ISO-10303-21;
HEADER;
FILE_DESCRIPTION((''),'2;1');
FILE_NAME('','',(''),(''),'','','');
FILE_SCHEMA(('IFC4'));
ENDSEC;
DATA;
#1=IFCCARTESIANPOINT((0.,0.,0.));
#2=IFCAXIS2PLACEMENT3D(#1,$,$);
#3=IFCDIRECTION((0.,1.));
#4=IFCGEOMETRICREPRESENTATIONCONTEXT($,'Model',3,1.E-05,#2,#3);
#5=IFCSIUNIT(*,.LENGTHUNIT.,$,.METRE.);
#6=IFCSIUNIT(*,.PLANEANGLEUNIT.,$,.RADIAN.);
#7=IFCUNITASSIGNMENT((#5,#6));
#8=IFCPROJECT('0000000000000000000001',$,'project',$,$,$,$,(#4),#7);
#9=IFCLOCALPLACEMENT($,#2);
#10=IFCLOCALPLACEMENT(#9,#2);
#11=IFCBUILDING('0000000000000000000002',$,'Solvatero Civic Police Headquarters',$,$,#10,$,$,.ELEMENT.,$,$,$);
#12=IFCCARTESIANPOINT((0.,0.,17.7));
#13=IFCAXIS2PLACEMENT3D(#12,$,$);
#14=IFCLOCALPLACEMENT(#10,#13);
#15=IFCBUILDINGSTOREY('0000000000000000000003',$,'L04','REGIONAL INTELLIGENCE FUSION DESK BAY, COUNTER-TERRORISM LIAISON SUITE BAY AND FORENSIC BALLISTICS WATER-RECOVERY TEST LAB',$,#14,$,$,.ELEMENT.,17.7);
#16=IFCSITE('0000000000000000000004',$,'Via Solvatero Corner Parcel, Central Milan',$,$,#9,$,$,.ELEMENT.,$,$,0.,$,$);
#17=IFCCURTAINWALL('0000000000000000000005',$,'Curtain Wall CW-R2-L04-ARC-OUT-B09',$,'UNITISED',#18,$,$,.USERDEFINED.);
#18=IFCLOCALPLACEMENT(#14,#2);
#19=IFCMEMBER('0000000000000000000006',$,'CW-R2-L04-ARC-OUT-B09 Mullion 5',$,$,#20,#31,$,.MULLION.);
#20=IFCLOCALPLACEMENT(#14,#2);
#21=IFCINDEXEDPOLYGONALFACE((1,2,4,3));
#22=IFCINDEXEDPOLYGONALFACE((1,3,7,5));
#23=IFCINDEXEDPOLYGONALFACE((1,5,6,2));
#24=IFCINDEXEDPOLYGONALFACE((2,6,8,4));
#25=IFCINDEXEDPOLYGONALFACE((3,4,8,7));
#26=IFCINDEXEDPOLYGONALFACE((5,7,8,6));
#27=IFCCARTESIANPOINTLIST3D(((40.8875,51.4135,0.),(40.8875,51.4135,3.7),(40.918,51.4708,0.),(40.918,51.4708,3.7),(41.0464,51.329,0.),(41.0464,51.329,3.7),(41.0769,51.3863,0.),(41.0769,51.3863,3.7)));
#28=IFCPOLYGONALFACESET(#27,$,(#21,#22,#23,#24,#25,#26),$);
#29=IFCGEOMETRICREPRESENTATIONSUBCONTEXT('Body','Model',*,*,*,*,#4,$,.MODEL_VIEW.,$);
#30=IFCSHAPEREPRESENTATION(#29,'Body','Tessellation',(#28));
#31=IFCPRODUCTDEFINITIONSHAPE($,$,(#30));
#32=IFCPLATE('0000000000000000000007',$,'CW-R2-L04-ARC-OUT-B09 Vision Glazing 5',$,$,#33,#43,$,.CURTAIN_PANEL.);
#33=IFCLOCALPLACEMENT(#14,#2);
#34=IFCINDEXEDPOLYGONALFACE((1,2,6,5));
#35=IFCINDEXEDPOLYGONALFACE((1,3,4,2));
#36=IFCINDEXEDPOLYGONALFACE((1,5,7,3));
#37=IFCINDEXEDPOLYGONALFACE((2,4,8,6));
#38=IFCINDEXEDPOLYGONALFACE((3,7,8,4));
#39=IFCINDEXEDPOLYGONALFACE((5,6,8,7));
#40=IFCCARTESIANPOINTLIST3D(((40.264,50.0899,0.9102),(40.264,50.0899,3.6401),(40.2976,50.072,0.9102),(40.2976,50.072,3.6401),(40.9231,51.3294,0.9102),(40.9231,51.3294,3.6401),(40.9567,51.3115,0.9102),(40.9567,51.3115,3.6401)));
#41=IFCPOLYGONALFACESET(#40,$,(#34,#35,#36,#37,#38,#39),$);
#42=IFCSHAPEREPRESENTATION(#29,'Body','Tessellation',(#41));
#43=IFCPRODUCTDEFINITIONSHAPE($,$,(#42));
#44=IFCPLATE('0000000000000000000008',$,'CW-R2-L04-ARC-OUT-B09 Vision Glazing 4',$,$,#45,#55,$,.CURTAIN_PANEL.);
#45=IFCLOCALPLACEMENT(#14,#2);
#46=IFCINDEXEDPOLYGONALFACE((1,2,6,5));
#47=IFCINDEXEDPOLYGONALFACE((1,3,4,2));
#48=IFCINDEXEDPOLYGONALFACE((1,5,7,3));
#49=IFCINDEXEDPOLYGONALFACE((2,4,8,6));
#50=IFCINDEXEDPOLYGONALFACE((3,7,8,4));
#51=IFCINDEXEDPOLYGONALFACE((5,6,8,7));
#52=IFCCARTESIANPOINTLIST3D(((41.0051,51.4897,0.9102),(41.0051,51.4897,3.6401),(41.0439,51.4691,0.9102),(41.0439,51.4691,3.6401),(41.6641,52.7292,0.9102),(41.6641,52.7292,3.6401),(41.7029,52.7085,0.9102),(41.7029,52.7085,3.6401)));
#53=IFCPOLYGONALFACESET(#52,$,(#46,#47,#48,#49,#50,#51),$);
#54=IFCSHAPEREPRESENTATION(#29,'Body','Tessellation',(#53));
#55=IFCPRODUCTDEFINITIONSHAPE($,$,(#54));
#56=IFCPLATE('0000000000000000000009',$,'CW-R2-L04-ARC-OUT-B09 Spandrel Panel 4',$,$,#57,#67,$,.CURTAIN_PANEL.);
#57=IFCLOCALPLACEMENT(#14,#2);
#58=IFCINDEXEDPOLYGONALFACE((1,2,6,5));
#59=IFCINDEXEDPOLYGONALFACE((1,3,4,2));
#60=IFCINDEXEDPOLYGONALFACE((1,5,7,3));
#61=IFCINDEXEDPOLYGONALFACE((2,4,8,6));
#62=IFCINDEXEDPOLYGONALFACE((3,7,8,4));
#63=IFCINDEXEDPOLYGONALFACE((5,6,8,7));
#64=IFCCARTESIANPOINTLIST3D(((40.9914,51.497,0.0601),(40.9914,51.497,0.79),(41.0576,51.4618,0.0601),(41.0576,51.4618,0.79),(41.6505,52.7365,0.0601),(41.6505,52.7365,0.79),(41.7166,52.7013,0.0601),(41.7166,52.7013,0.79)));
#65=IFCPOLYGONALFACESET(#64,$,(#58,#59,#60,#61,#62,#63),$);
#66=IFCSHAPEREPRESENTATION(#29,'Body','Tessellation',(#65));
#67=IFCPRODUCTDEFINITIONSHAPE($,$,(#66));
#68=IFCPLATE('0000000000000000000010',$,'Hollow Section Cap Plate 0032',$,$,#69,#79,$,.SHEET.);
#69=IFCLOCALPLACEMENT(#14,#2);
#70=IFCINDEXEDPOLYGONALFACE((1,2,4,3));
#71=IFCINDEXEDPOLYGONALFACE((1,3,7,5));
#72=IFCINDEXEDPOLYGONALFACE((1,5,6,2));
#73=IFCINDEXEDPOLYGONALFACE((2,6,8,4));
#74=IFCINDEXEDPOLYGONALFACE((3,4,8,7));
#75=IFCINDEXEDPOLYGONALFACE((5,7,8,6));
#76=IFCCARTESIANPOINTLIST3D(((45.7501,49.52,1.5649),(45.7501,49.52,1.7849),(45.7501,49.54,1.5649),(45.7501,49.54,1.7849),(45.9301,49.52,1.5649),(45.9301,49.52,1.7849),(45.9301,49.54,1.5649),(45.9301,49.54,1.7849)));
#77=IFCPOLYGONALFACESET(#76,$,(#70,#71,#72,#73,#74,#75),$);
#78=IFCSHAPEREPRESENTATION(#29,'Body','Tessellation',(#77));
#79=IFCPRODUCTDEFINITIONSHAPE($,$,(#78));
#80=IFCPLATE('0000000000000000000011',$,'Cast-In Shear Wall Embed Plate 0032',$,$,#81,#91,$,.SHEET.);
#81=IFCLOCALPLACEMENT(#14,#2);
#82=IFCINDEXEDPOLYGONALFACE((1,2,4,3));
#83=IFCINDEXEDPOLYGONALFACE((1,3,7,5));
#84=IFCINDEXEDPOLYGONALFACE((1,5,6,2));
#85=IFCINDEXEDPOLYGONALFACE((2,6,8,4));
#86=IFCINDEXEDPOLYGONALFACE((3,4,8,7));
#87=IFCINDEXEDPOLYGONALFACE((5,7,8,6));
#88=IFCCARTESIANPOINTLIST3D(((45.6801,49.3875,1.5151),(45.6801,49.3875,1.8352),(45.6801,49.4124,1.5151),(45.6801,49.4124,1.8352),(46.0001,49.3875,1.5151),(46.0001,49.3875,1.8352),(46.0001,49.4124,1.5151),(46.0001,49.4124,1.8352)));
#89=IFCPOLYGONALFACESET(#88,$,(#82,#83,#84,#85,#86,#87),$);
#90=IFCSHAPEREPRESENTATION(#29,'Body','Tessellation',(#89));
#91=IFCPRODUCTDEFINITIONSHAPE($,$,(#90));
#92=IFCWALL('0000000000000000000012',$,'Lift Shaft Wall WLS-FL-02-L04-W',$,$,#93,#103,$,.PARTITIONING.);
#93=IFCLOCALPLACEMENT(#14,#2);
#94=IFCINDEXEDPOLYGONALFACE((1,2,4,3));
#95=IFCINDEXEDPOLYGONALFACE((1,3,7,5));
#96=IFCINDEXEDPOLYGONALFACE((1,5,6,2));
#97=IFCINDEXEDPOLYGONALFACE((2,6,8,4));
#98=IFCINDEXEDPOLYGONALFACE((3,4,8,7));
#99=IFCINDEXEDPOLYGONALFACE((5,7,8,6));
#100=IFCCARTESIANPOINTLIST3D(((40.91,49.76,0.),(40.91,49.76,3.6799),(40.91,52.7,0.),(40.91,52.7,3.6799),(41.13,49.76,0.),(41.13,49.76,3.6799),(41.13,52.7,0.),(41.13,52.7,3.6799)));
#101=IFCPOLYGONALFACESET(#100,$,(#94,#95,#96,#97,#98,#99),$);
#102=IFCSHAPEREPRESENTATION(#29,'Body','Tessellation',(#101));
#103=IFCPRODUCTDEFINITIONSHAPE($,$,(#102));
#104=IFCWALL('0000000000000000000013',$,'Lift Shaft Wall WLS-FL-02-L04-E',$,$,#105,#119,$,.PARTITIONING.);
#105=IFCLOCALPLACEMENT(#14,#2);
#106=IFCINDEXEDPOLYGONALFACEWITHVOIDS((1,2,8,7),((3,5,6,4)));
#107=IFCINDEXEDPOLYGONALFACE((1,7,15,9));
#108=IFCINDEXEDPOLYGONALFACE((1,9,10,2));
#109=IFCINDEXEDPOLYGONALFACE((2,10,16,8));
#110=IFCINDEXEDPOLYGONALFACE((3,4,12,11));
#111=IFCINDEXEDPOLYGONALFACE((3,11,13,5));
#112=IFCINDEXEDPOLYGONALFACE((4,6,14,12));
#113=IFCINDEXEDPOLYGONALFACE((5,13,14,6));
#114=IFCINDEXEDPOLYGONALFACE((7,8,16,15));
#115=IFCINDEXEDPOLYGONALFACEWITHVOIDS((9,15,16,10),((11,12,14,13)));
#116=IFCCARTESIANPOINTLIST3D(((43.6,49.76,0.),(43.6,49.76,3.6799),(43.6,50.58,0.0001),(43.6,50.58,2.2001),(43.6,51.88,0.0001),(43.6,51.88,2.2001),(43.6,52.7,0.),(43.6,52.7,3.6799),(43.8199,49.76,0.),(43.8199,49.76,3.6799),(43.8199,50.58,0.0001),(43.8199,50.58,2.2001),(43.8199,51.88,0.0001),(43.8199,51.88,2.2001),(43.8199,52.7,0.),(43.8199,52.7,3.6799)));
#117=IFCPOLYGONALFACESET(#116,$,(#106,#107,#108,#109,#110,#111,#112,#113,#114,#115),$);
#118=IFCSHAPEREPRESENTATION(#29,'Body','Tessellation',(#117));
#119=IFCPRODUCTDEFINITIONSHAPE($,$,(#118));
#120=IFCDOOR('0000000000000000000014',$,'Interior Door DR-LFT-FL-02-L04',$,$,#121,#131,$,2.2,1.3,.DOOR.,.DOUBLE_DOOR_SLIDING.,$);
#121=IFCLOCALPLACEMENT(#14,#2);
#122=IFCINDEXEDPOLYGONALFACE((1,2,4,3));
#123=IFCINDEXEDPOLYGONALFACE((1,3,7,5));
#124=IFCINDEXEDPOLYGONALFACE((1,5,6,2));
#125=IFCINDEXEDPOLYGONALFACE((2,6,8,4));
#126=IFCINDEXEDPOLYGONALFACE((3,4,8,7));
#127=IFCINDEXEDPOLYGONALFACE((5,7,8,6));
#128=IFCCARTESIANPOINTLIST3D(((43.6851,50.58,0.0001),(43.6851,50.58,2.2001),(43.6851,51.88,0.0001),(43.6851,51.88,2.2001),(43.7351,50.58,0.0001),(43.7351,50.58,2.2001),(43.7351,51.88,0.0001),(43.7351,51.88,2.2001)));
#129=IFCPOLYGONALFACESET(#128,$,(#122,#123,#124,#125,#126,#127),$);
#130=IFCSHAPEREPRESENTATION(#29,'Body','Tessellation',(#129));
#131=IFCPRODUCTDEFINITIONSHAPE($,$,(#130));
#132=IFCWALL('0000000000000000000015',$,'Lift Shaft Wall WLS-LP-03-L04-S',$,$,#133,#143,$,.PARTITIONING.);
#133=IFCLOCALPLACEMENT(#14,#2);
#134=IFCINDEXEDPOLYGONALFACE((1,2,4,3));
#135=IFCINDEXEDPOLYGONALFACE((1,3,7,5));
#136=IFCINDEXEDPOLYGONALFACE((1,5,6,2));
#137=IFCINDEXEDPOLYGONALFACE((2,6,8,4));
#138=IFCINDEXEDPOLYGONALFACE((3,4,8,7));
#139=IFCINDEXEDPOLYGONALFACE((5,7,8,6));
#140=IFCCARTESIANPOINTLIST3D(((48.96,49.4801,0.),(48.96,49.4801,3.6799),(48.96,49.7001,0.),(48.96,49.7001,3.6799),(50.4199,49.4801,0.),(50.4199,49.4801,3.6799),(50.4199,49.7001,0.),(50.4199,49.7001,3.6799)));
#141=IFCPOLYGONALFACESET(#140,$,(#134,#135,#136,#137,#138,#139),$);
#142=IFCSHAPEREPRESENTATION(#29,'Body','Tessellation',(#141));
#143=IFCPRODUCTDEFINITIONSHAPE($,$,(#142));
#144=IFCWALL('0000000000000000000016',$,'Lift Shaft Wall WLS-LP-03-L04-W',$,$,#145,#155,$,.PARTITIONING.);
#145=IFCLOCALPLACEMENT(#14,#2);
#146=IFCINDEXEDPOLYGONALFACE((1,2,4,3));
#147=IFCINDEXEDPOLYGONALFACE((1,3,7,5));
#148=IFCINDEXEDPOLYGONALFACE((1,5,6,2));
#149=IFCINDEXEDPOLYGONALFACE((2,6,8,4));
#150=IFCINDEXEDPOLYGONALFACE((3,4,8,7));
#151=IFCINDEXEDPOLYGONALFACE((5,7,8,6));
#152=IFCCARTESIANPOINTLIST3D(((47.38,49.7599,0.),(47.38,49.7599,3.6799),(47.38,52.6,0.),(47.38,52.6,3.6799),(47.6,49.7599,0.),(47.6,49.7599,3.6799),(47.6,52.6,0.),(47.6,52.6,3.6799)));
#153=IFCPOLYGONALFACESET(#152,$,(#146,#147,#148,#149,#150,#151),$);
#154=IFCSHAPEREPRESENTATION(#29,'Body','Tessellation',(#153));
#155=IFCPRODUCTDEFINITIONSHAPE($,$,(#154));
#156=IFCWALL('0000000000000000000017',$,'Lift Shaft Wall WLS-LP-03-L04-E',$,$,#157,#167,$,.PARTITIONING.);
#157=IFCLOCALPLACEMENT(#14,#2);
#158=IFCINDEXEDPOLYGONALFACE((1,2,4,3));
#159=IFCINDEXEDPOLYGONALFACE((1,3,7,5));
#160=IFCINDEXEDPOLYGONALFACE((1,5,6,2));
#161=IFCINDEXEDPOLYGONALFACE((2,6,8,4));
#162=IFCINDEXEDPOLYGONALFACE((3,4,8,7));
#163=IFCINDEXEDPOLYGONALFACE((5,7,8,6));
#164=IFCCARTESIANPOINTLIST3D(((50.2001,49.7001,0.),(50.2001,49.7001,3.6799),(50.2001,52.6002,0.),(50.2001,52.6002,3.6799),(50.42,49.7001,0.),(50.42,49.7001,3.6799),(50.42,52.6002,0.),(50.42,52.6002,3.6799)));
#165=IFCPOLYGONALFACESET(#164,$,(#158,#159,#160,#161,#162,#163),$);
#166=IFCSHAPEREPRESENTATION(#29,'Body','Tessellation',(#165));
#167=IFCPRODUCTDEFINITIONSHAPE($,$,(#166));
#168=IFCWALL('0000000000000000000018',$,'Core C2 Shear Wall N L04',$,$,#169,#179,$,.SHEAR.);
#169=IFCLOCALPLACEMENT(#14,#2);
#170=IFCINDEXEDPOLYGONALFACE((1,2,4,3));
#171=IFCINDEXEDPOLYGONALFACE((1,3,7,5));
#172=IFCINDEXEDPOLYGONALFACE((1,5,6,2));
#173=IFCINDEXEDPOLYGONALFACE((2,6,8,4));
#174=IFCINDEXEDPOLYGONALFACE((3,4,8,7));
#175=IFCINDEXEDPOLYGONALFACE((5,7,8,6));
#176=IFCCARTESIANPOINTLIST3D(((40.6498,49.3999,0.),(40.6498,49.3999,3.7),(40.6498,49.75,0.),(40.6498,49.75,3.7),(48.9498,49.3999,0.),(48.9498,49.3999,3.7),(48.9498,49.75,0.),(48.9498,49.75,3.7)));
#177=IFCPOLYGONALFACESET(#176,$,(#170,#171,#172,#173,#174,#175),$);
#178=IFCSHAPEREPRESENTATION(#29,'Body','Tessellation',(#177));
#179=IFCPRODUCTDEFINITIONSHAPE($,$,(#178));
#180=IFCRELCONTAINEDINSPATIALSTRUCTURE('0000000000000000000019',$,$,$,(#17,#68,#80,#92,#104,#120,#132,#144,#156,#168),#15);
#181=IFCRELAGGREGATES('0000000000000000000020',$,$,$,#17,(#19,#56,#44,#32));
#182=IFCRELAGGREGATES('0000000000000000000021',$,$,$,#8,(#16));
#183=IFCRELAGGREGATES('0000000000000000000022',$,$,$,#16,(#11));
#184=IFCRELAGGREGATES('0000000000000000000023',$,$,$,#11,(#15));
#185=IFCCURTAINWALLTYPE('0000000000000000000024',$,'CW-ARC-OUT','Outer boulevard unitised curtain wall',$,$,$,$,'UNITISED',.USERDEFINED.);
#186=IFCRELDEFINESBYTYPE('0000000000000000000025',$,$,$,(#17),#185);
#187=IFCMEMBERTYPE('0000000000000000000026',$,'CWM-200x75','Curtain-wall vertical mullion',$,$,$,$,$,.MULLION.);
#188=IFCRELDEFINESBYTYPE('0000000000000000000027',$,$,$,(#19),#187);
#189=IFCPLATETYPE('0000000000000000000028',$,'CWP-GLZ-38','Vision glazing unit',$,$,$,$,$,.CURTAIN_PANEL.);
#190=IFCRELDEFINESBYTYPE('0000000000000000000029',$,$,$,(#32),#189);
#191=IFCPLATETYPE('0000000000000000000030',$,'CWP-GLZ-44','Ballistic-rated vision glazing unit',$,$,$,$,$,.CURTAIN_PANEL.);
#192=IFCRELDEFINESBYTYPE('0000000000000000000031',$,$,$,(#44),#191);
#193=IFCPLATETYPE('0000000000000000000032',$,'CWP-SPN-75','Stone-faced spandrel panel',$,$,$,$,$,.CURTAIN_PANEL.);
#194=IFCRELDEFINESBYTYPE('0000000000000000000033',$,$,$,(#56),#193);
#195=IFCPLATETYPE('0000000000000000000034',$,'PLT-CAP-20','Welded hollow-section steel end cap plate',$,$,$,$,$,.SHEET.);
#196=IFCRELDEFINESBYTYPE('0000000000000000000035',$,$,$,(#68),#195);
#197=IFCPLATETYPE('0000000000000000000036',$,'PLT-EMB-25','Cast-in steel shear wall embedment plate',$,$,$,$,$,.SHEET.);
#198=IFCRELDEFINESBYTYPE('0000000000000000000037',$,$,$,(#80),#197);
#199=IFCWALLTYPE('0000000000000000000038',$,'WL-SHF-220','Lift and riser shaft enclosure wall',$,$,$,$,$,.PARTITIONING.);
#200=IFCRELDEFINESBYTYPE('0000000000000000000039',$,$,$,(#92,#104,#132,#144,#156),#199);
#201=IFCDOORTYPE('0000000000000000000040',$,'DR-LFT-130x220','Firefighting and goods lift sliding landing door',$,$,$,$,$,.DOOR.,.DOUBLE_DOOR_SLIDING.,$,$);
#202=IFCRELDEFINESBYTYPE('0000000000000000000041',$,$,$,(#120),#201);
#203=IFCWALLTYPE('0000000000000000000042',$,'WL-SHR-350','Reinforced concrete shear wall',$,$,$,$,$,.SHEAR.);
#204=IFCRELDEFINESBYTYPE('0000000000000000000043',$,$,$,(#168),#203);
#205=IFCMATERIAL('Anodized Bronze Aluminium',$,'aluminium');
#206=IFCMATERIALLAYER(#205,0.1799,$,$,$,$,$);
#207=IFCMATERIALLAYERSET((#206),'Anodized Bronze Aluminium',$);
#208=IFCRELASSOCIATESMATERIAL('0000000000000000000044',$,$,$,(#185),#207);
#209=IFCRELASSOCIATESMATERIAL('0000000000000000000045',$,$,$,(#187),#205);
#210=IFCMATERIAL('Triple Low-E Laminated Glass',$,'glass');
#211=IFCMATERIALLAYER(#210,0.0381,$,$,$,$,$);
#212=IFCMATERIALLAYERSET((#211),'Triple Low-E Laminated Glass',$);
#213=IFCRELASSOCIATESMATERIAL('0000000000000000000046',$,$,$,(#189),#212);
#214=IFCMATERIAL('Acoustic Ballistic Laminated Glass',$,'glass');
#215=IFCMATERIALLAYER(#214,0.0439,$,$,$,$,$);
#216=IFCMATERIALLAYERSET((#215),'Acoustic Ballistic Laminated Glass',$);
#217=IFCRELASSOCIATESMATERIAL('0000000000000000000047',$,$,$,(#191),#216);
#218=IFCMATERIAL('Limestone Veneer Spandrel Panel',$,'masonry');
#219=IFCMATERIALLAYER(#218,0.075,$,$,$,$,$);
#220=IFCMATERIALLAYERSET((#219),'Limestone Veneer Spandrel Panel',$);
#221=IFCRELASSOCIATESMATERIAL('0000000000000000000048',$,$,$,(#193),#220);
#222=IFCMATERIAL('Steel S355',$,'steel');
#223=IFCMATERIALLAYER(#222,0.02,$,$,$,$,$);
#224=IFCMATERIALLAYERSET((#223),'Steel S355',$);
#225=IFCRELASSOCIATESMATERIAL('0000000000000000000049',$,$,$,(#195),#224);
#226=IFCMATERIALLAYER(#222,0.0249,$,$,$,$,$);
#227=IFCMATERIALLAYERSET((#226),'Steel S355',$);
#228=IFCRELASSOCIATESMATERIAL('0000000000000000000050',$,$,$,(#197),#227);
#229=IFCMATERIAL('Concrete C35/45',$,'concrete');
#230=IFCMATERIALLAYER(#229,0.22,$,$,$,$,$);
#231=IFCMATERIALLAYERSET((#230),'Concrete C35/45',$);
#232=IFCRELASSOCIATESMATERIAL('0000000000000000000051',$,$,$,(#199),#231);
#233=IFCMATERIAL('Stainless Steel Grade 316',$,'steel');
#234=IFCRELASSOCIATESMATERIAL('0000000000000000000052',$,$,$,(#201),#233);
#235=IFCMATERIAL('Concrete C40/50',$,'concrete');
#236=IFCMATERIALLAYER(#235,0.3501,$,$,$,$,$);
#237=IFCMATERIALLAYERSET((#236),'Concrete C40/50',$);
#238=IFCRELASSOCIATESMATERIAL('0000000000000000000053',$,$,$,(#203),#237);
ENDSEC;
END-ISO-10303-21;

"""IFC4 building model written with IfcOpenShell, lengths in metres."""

from ifc_helpers import new_model, si_unit, direction, frame, frame_2d, origin, origin_2d, place, context, subcontext, project, spatial, rectangle, extrude, material, layer, layer_set, material_profile, profile_set, type_object, element, fill, aggregate, save


model = new_model("IFC4")

# Units and contexts
model_context = context("Model", 3, precision=1e-05, world=origin(), true_north=direction((0.0, 1.0)))
body_context = subcontext(model_context, "Body", "Model", "MODEL_VIEW")
ifc_project = project(units=[si_unit("LENGTHUNIT", "METRE"), si_unit("PLANEANGLEUNIT", "RADIAN")], contexts=[model_context])

# Site, building, storey
site_placement = place(None, origin())
site = spatial("IfcSite", under=ifc_project, at=site_placement, Name="Via Solvatero Corner Parcel, Central Milan", CompositionType="ELEMENT", RefElevation=0.0)
building_placement = place(site_placement, origin())
building = spatial("IfcBuilding", under=site, at=building_placement, Name="Solvatero Civic Police Headquarters", CompositionType="ELEMENT")
storey_placement = place(building_placement, frame((0.0, 0.0, 17.7)))
storey = spatial("IfcBuildingStorey", under=building, at=storey_placement, Name="L04", Description="REGIONAL INTELLIGENCE FUSION DESK BAY, COUNTER-TERRORISM LIAISON SUITE BAY AND FORENSIC BALLISTICS WATER-RECOVERY TEST LAB", CompositionType="ELEMENT", Elevation=17.7)

# Curtain wall, member, plates
ifc_material_1 = material(Name="Anodized Bronze Aluminium", Category="aluminium")
ifc_layer_1 = layer(ifc_material_1, 0.1799)
ifc_layer_set_1 = layer_set([ifc_layer_1], Name="Anodized Bronze Aluminium")
curtain_wall_type = type_object("IfcCurtainWallType", Name="CW-ARC-OUT", Description="Outer boulevard unitised curtain wall", ElementType="UNITISED", PredefinedType="USERDEFINED", material=ifc_layer_set_1)
curtain_wall_placement = place(storey_placement, origin())
curtain_wall = element("IfcCurtainWall", 1, at=curtain_wall_placement, inside=storey, type_object=curtain_wall_type, Name="Curtain Wall CW-R2-L04-ARC-OUT-B09", ObjectType="UNITISED", PredefinedType="USERDEFINED")
ifc_material_profile = material_profile(ifc_material_1, rectangle(XDim=0.0649, YDim=0.1799, at=origin_2d()), Name="ALU MULLION 65x180")
ifc_profile_set = profile_set([ifc_material_profile], Name="Anodized Bronze Aluminium")
member_type = type_object("IfcMemberType", Name="CWM-200x75", Description="Curtain-wall vertical mullion", PredefinedType="MULLION", material=ifc_profile_set)
member_placement = place(storey_placement, frame((40.9822, 51.3999, 0.0), z_axis=(0.0, 0.0, 1.0), x_axis=(-0.469487, -0.882939, 0.0)))
member = element("IfcMember", 2, at=member_placement, type_object=member_type, Name="CW-R2-L04-ARC-OUT-B09 Mullion 5", PredefinedType="MULLION", context=body_context, shape_type="SweptSolid", body=[
    extrude(rectangle(XDim=0.0649, YDim=0.1799, at=origin_2d()), origin(), (0.0, 0.0, 1.0), 3.7),
])
ifc_material_2 = material(Name="Triple Low-E Laminated Glass", Category="glass")
ifc_layer_2 = layer(ifc_material_2, 0.0381)
ifc_layer_set_2 = layer_set([ifc_layer_2], Name="Triple Low-E Laminated Glass")
plate_type_1 = type_object("IfcPlateType", Name="CWP-GLZ-38", Description="Vision glazing unit", PredefinedType="CURTAIN_PANEL", material=ifc_layer_set_2)
plate_1_placement = place(storey_placement, frame((40.6104, 50.7007, 0.9102), z_axis=(0.0, 0.0, 1.0), x_axis=(-0.469487, -0.882939, 0.0)))
plate_1 = element("IfcPlate", 3, at=plate_1_placement, type_object=plate_type_1, Name="CW-R2-L04-ARC-OUT-B09 Vision Glazing 5", PredefinedType="CURTAIN_PANEL", context=body_context, shape_type="SweptSolid", body=[
    extrude(rectangle(XDim=1.4038, YDim=0.0381, at=origin_2d()), origin(), (0.0, 0.0, 1.0), 2.73),
])
ifc_material_3 = material(Name="Acoustic Ballistic Laminated Glass", Category="glass")
ifc_layer_3 = layer(ifc_material_3, 0.0439)
ifc_layer_set_3 = layer_set([ifc_layer_3], Name="Acoustic Ballistic Laminated Glass")
plate_type_2 = type_object("IfcPlateType", Name="CWP-GLZ-44", Description="Ballistic-rated vision glazing unit", PredefinedType="CURTAIN_PANEL", material=ifc_layer_set_3)
plate_2_placement = place(storey_placement, frame((41.354, 52.0991, 0.9102), z_axis=(0.0, 0.0, 1.0), x_axis=(-0.469487, -0.882939, 0.0)))
plate_2 = element("IfcPlate", 4, at=plate_2_placement, type_object=plate_type_2, Name="CW-R2-L04-ARC-OUT-B09 Vision Glazing 4", PredefinedType="CURTAIN_PANEL", context=body_context, shape_type="SweptSolid", body=[
    extrude(rectangle(XDim=1.4038, YDim=0.0439, at=origin_2d()), origin(), (0.0, 0.0, 1.0), 2.73),
])
ifc_material_4 = material(Name="Limestone Veneer Spandrel Panel", Category="masonry")
ifc_layer_4 = layer(ifc_material_4, 0.075)
ifc_layer_set_4 = layer_set([ifc_layer_4], Name="Limestone Veneer Spandrel Panel")
plate_type_3 = type_object("IfcPlateType", Name="CWP-SPN-75", Description="Stone-faced spandrel panel", PredefinedType="CURTAIN_PANEL", material=ifc_layer_set_4)
plate_3_placement = place(storey_placement, frame((41.354, 52.0991, 0.0601), z_axis=(0.0, 0.0, 1.0), x_axis=(-0.469487, -0.882939, 0.0)))
plate_3 = element("IfcPlate", 5, at=plate_3_placement, type_object=plate_type_3, Name="CW-R2-L04-ARC-OUT-B09 Spandrel Panel 4", PredefinedType="CURTAIN_PANEL", context=body_context, shape_type="SweptSolid", body=[
    extrude(rectangle(XDim=1.4038, YDim=0.075, at=origin_2d()), origin(), (0.0, 0.0, 1.0), 0.73),
])
aggregate(curtain_wall, [member, plate_3, plate_2, plate_1])

# Plates
ifc_material_5 = material(Name="Steel S355", Category="steel")
ifc_layer_5 = layer(ifc_material_5, 0.02)
ifc_layer_set_5 = layer_set([ifc_layer_5], Name="Steel S355")
plate_type_4 = type_object("IfcPlateType", Name="PLT-CAP-20", Description="Welded hollow-section steel end cap plate", PredefinedType="SHEET", material=ifc_layer_set_5)
plate_4_placement = place(storey_placement, frame((45.8401, 49.53, 1.5649), z_axis=(0.0, 0.0, 1.0), x_axis=(1.0, 0.0, 0.0)))
element("IfcPlate", 6, at=plate_4_placement, inside=storey, type_object=plate_type_4, Name="Hollow Section Cap Plate 0032", PredefinedType="SHEET", context=body_context, shape_type="SweptSolid", body=[
    extrude(rectangle(XDim=0.1799, YDim=0.02, at=origin_2d()), origin(), (0.0, 0.0, 1.0), 0.22),
])
ifc_layer_6 = layer(ifc_material_5, 0.0249)
ifc_layer_set_6 = layer_set([ifc_layer_6], Name="Steel S355")
plate_type_5 = type_object("IfcPlateType", Name="PLT-EMB-25", Description="Cast-in steel shear wall embedment plate", PredefinedType="SHEET", material=ifc_layer_set_6)
plate_5_placement = place(storey_placement, frame((45.8401, 49.3999, 1.5151), z_axis=(0.0, 0.0, 1.0), x_axis=(1.0, 0.0, 0.0)))
element("IfcPlate", 7, at=plate_5_placement, inside=storey, type_object=plate_type_5, Name="Cast-In Shear Wall Embed Plate 0032", PredefinedType="SHEET", context=body_context, shape_type="SweptSolid", body=[
    extrude(rectangle(XDim=0.3201, YDim=0.0249, at=origin_2d()), origin(), (0.0, 0.0, 1.0), 0.3201),
])

# Wall
ifc_material_6 = material(Name="Concrete C35/45", Category="concrete")
ifc_layer_7 = layer(ifc_material_6, 0.22)
ifc_layer_set_7 = layer_set([ifc_layer_7], Name="Concrete C35/45")
wall_type_1 = type_object("IfcWallType", Name="WL-SHF-220", Description="Lift and riser shaft enclosure wall", PredefinedType="PARTITIONING", material=ifc_layer_set_7)
wall_1_placement = place(storey_placement, frame((41.02, 49.76, 0.0), z_axis=(0.0, 0.0, 1.0), x_axis=(0.0, 1.0, 0.0)))
element("IfcWall", 8, at=wall_1_placement, inside=storey, type_object=wall_type_1, Name="Lift Shaft Wall WLS-FL-02-L04-W", PredefinedType="PARTITIONING", context=body_context, shape_type="SweptSolid", body=[
    extrude(rectangle(XDim=2.9399, YDim=0.22, at=frame_2d((1.47, 0.0))), origin(), (0.0, 0.0, 1.0), 3.6799),
])

# Wall, opening, door
wall_2_placement = place(storey_placement, frame((43.71, 49.76, 0.0), z_axis=(0.0, 0.0, 1.0), x_axis=(0.0, 1.0, 0.0)))
wall_2 = element("IfcWall", 9, at=wall_2_placement, inside=storey, type_object=wall_type_1, Name="Lift Shaft Wall WLS-FL-02-L04-E", PredefinedType="PARTITIONING", context=body_context, shape_type="SweptSolid", body=[
    extrude(rectangle(XDim=2.9399, YDim=0.22, at=frame_2d((1.47, 0.0))), origin(), (0.0, 0.0, 1.0), 3.6799),
])
opening_placement = place(wall_2_placement, frame((0.8201, 0.0, 0.0)))
opening = element("IfcOpeningElement", 10, at=opening_placement, cuts=wall_2, PredefinedType="OPENING", context=body_context, shape_type="SweptSolid", body=[
    extrude(rectangle(XDim=1.3, YDim=2.2, at=frame_2d((0.6499, 1.1001))), frame((0.0, 0.1199, 0.0), z_axis=(0.0, -1.0, 0.0), x_axis=(1.0, 0.0, 0.0)), (0.0, 0.0, 1.0), 0.24),
])
ifc_material_7 = material(Name="Stainless Steel Grade 316", Category="steel")
door_type = type_object("IfcDoorType", Name="DR-LFT-130x220", Description="Firefighting and goods lift sliding landing door", OperationType="DOUBLE_DOOR_SLIDING", PredefinedType="DOOR", material=ifc_material_7)
door_placement = place(opening_placement, origin())
door = element("IfcDoor", 11, at=door_placement, inside=storey, type_object=door_type, Name="Interior Door DR-LFT-FL-02-L04", OperationType="DOUBLE_DOOR_SLIDING", OverallHeight=2.2, OverallWidth=1.3, PredefinedType="DOOR", context=body_context, shape_type="SweptSolid", body=[
    extrude(rectangle(XDim=1.3, YDim=2.2, at=frame_2d((0.6499, 1.1001))), frame((0.0, 0.0249, 0.0), z_axis=(0.0, -1.0, 0.0), x_axis=(1.0, 0.0, 0.0)), (0.0, 0.0, 1.0), 0.05),
])
fill(opening, door)

# Walls
wall_3_placement = place(storey_placement, frame((48.96, 49.5901, 0.0), z_axis=(0.0, 0.0, 1.0), x_axis=(1.0, 0.0, 0.0)))
element("IfcWall", 12, at=wall_3_placement, inside=storey, type_object=wall_type_1, Name="Lift Shaft Wall WLS-LP-03-L04-S", PredefinedType="PARTITIONING", context=body_context, shape_type="SweptSolid", body=[
    extrude(rectangle(XDim=1.46, YDim=0.22, at=frame_2d((0.73, 0.0))), origin(), (0.0, 0.0, 1.0), 3.6799),
])
wall_4_placement = place(storey_placement, frame((47.49, 49.76, 0.0), z_axis=(0.0, 0.0, 1.0), x_axis=(0.0, 1.0, 0.0)))
element("IfcWall", 13, at=wall_4_placement, inside=storey, type_object=wall_type_1, Name="Lift Shaft Wall WLS-LP-03-L04-W", PredefinedType="PARTITIONING", context=body_context, shape_type="SweptSolid", body=[
    extrude(rectangle(XDim=2.8401, YDim=0.22, at=frame_2d((1.4199, 0.0))), origin(), (0.0, 0.0, 1.0), 3.6799),
])
wall_5_placement = place(storey_placement, frame((50.3101, 49.7, 0.0), z_axis=(0.0, 0.0, 1.0), x_axis=(0.0, 1.0, 0.0)))
element("IfcWall", 14, at=wall_5_placement, inside=storey, type_object=wall_type_1, Name="Lift Shaft Wall WLS-LP-03-L04-E", PredefinedType="PARTITIONING", context=body_context, shape_type="SweptSolid", body=[
    extrude(rectangle(XDim=2.9001, YDim=0.22, at=frame_2d((1.4502, 0.0))), origin(), (0.0, 0.0, 1.0), 3.6799),
])
ifc_material_8 = material(Name="Concrete C40/50", Category="concrete")
ifc_layer_8 = layer(ifc_material_8, 0.3501)
ifc_layer_set_8 = layer_set([ifc_layer_8], Name="Concrete C40/50")
wall_type_2 = type_object("IfcWallType", Name="WL-SHR-350", Description="Reinforced concrete shear wall", PredefinedType="SHEAR", material=ifc_layer_set_8)
wall_6_placement = place(storey_placement, frame((40.6499, 49.575, 0.0), z_axis=(0.0, 0.0, 1.0), x_axis=(1.0, 0.0, 0.0)))
element("IfcWall", 15, at=wall_6_placement, inside=storey, type_object=wall_type_2, Name="Core C2 Shear Wall N L04", PredefinedType="SHEAR", context=body_context, shape_type="SweptSolid", body=[
    extrude(rectangle(XDim=8.3, YDim=0.3501, at=frame_2d((4.1499, 0.0))), origin(), (0.0, 0.0, 1.0), 3.7),
])

save(model, "model.ifc")
